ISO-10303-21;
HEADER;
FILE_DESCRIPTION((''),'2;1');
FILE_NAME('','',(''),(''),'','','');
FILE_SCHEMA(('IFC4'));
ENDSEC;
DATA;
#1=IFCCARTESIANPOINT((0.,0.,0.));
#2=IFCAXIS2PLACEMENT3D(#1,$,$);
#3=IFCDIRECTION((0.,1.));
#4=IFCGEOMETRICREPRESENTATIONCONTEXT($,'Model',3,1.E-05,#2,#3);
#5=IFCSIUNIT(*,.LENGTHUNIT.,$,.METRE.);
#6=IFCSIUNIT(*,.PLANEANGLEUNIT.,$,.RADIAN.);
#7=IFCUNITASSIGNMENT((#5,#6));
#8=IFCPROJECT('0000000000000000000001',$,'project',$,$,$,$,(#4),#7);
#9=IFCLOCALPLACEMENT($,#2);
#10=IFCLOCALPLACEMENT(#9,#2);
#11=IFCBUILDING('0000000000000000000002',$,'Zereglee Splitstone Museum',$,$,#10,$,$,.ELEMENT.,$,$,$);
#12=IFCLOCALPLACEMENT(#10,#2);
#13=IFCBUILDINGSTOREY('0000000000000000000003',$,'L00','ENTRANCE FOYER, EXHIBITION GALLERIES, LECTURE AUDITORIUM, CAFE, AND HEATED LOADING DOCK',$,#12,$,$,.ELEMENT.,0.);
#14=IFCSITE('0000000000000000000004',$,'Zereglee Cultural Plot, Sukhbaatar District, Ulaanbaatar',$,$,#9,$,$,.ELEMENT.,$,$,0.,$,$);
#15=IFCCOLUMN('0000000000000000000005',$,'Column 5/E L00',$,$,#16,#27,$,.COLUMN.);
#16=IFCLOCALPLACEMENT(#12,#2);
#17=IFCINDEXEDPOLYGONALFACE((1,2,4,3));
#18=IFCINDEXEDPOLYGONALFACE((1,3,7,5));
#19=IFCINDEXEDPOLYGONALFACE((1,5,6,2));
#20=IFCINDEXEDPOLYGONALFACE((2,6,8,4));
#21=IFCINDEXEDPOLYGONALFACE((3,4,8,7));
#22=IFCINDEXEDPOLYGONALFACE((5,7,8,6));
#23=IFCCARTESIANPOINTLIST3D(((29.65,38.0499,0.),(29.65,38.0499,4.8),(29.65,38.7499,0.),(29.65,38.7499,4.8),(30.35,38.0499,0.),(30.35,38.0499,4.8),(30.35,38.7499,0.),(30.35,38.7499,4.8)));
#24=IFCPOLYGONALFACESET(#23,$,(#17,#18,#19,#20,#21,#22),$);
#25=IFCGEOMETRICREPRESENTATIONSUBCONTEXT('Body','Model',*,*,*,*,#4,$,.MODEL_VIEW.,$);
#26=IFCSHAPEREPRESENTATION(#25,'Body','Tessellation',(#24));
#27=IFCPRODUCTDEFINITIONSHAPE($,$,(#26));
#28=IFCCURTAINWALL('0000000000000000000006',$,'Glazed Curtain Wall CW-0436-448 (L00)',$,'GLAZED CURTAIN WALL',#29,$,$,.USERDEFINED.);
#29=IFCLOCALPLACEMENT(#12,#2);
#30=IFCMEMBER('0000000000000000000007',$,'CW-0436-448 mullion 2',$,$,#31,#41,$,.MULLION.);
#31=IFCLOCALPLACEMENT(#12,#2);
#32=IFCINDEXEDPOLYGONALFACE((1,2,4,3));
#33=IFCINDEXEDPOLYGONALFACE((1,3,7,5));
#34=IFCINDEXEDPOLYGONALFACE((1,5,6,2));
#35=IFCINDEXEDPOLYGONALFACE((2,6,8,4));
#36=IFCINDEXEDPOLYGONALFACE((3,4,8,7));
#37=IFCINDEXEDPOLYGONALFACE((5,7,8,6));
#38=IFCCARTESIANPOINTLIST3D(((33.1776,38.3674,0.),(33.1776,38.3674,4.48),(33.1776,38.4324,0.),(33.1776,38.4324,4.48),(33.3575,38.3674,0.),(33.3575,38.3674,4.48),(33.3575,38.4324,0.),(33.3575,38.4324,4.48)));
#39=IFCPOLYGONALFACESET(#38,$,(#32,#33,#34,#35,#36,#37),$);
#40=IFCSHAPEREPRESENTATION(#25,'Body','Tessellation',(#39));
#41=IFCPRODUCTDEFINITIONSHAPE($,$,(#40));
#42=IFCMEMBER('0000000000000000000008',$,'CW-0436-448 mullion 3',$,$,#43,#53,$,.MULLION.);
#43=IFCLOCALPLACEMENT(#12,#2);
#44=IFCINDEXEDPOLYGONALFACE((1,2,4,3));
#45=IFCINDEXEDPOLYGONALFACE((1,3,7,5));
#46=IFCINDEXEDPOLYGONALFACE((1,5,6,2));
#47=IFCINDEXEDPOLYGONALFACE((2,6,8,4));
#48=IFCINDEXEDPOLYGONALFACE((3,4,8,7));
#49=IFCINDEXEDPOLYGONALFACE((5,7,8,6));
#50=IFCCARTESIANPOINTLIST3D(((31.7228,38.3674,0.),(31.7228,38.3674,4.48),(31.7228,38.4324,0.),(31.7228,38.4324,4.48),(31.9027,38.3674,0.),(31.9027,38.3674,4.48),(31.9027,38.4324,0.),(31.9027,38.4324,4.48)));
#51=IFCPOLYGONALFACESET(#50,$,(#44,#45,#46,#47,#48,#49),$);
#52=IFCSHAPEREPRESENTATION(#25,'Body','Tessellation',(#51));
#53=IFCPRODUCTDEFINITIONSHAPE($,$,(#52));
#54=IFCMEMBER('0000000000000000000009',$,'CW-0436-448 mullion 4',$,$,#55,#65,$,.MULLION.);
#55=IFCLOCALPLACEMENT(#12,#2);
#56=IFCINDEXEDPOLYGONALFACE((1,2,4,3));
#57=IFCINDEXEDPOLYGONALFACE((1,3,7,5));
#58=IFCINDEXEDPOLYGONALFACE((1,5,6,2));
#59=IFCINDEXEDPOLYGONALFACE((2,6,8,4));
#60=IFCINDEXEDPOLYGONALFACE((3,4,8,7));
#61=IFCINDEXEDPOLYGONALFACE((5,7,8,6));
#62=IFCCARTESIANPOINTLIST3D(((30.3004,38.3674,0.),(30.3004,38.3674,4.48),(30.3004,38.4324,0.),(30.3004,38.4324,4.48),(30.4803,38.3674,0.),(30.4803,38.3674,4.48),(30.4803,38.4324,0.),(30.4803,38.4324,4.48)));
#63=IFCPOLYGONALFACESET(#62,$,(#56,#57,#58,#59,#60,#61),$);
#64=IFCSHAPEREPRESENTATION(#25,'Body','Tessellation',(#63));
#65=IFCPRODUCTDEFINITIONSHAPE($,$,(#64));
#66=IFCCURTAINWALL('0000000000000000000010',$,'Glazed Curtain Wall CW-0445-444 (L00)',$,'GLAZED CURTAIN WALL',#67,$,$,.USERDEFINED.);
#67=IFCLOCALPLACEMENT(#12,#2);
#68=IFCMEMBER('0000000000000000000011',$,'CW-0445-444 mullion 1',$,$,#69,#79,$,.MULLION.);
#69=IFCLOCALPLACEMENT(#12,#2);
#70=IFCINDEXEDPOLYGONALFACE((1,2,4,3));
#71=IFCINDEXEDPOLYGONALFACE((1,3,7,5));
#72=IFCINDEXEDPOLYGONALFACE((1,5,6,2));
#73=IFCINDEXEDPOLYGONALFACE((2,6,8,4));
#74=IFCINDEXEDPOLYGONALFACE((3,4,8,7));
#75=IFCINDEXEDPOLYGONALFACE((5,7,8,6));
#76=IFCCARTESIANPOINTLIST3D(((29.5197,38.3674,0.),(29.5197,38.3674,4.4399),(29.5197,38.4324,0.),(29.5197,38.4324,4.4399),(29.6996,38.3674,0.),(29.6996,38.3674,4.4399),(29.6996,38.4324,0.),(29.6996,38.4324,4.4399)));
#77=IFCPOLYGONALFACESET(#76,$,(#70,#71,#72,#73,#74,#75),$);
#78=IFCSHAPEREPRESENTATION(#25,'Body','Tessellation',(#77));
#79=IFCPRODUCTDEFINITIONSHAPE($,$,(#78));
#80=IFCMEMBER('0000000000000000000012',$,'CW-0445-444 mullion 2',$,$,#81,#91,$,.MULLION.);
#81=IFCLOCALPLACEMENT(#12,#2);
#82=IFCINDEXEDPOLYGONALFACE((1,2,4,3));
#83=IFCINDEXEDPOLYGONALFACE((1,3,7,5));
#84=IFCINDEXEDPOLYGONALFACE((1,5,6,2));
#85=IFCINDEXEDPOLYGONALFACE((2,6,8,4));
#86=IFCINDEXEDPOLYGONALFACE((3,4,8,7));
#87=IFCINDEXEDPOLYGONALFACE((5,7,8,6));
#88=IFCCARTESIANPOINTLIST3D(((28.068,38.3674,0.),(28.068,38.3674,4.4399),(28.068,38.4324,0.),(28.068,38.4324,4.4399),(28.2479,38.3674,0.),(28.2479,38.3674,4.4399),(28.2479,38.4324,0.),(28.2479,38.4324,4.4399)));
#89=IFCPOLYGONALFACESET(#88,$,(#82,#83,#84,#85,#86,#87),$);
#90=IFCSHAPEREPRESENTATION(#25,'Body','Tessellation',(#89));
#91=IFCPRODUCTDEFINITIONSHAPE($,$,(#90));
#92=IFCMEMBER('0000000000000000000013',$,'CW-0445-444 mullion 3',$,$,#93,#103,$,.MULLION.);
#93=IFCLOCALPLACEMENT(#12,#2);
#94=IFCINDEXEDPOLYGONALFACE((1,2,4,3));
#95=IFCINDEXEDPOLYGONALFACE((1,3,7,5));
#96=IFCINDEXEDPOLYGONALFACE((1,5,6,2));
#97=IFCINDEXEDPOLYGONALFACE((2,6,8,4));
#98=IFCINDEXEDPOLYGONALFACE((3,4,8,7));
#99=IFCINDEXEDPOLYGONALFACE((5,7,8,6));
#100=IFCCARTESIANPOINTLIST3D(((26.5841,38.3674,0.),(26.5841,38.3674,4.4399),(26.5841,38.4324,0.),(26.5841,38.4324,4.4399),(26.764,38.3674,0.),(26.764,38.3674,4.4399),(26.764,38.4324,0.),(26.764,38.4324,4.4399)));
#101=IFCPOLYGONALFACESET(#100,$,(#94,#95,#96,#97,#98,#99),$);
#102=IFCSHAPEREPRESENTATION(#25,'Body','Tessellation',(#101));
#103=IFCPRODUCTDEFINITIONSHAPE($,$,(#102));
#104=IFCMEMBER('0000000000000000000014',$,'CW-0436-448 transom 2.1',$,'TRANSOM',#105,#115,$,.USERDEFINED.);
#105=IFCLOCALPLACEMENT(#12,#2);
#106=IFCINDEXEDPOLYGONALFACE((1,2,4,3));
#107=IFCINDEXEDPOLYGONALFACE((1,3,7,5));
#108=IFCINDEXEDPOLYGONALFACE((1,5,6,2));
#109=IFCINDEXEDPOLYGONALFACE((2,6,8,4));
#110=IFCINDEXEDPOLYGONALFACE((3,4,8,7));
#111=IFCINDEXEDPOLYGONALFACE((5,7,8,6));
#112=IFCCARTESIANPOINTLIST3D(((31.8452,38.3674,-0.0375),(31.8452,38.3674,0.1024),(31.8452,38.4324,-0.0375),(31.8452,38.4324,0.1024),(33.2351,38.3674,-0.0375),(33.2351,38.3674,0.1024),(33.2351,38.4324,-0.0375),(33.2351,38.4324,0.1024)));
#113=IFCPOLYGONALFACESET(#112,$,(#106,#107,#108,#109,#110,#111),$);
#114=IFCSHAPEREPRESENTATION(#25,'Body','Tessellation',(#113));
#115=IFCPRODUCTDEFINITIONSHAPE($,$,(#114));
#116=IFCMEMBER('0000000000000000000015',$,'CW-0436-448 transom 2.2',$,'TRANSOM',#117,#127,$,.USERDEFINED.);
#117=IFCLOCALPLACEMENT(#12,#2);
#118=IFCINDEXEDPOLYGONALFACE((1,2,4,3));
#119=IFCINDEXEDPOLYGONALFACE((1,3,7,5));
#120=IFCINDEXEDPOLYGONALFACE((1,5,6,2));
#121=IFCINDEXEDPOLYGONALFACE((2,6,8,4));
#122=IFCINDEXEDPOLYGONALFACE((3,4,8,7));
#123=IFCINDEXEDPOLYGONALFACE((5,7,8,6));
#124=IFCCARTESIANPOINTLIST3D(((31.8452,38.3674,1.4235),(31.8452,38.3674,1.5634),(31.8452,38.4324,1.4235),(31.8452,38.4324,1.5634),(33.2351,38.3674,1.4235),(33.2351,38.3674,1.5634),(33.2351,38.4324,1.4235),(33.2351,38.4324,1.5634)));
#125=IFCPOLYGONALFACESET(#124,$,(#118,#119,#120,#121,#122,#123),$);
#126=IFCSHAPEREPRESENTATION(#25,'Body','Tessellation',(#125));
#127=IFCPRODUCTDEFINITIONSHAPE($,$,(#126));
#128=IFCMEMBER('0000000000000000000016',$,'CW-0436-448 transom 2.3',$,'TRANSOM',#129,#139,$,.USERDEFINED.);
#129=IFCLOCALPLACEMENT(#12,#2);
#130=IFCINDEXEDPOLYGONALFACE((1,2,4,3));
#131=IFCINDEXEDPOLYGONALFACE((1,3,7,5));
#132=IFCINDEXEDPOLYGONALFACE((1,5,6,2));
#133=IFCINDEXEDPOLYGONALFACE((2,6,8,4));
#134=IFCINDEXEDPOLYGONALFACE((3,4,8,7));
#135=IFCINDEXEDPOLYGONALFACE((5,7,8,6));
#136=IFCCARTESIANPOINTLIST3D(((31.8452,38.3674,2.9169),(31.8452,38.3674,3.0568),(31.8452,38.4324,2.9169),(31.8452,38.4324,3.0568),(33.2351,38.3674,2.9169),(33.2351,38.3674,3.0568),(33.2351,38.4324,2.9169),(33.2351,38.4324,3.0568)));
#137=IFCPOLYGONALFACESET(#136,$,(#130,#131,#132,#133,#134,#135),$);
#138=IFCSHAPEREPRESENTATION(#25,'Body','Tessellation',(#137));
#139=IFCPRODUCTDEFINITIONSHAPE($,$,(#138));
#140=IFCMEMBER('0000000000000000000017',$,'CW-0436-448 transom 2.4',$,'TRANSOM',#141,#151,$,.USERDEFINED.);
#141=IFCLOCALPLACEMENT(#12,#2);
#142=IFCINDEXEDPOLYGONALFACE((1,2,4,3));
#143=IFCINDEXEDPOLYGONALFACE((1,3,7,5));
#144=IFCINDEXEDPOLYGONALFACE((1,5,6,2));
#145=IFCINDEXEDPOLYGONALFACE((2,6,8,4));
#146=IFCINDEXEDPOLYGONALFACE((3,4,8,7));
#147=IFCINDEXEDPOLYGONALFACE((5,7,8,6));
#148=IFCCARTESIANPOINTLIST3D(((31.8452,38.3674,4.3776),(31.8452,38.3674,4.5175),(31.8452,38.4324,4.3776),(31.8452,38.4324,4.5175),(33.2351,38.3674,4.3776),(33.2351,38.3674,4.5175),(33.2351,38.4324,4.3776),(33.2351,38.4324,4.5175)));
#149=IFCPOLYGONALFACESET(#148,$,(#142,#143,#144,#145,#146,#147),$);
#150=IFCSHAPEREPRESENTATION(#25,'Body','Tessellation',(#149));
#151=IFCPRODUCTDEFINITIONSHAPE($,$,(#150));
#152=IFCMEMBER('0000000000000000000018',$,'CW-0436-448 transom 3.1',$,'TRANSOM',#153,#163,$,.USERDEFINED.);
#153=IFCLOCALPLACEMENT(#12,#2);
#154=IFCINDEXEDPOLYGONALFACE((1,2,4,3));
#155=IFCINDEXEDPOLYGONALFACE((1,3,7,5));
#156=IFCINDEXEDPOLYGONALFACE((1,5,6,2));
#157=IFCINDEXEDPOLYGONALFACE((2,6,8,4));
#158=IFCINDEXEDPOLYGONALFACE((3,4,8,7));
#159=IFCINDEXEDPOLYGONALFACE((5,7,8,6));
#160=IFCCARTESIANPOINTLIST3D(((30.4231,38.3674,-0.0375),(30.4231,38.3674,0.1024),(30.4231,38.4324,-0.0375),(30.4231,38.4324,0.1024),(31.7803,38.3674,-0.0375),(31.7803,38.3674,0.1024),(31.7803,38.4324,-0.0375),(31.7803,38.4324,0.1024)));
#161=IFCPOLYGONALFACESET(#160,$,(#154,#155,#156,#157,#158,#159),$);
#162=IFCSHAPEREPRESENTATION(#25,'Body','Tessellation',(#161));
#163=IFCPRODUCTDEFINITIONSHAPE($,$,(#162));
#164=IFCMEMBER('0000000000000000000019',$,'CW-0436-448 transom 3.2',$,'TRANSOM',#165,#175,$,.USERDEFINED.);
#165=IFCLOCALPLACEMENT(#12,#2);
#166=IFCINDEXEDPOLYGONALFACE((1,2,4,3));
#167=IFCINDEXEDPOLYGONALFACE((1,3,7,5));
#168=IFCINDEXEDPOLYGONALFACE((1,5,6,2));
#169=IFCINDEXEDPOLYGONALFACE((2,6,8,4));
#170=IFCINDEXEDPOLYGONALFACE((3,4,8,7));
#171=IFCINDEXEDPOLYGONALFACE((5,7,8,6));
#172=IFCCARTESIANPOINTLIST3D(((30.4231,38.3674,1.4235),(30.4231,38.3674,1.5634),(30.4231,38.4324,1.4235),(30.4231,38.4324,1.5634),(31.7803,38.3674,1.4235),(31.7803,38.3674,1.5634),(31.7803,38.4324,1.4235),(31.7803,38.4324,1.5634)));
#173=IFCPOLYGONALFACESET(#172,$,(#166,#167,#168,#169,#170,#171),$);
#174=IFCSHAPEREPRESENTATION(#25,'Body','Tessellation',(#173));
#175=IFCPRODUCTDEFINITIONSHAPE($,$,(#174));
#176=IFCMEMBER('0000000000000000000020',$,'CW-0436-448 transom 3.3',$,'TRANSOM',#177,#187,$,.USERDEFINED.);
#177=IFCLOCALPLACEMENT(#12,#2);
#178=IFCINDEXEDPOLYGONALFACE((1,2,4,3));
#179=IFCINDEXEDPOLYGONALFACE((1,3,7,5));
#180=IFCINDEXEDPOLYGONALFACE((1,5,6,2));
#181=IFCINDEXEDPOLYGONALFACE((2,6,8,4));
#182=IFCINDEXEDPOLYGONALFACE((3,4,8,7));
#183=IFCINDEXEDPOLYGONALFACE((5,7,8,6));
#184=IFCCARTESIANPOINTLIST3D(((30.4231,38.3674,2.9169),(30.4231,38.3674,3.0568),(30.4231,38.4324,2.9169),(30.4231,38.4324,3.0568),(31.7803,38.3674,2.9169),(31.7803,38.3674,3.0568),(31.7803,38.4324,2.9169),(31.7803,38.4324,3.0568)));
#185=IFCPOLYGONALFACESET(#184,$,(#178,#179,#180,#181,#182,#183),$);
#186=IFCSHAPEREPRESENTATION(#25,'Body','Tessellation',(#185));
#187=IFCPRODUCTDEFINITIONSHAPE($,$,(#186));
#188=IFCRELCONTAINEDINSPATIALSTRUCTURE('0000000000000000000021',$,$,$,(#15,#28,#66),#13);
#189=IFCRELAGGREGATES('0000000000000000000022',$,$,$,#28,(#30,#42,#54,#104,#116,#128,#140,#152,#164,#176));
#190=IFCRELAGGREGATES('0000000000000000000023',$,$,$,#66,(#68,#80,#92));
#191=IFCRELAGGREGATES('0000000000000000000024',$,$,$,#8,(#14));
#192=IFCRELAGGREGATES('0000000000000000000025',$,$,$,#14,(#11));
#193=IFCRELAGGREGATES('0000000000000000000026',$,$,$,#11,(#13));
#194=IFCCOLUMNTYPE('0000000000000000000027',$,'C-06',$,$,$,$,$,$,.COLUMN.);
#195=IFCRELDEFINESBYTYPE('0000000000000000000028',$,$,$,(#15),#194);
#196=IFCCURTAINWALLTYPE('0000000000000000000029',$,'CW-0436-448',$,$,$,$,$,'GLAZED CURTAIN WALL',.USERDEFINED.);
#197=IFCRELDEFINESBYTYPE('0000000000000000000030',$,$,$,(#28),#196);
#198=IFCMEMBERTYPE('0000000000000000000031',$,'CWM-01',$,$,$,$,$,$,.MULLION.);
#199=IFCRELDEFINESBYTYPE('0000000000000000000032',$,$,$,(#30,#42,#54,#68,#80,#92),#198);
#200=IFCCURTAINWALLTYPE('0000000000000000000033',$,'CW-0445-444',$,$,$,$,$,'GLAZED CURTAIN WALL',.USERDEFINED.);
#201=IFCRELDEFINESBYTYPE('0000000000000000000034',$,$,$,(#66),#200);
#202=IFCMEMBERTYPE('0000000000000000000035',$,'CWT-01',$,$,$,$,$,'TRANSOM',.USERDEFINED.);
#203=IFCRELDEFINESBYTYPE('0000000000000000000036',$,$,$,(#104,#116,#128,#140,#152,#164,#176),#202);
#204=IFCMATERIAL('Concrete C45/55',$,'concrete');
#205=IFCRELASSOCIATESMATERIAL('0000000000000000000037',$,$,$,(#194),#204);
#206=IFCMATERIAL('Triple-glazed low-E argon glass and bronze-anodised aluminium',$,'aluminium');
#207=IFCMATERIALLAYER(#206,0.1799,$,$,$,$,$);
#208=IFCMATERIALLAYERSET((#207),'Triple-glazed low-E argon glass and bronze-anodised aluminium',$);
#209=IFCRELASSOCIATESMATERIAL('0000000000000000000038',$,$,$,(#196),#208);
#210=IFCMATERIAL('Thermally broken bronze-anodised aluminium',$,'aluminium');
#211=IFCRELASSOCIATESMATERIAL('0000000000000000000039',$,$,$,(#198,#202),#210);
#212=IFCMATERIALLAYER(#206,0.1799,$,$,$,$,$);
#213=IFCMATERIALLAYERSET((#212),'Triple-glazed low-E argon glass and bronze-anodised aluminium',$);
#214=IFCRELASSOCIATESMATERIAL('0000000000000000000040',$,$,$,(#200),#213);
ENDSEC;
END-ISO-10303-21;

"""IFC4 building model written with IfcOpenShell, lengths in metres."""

from ifc_helpers import new_model, si_unit, direction, frame, origin, origin_2d, place, context, subcontext, project, spatial, rectangle, extrude, material, layer, layer_set, material_profile, profile_set, type_object, element, aggregate, save


model = new_model("IFC4")

# Units and contexts
model_context = context("Model", 3, precision=1e-05, world=origin(), true_north=direction((0.0, 1.0)))
body_context = subcontext(model_context, "Body", "Model", "MODEL_VIEW")
ifc_project = project(units=[si_unit("LENGTHUNIT", "METRE"), si_unit("PLANEANGLEUNIT", "RADIAN")], contexts=[model_context])

# Site, building, storey
site_placement = place(None, origin())
site = spatial("IfcSite", under=ifc_project, at=site_placement, Name="Zereglee Cultural Plot, Sukhbaatar District, Ulaanbaatar", CompositionType="ELEMENT", RefElevation=0.0)
building_placement = place(site_placement, origin())
building = spatial("IfcBuilding", under=site, at=building_placement, Name="Zereglee Splitstone Museum", CompositionType="ELEMENT")
storey_placement = place(building_placement, origin())
storey = spatial("IfcBuildingStorey", under=building, at=storey_placement, Name="L00", Description="ENTRANCE FOYER, EXHIBITION GALLERIES, LECTURE AUDITORIUM, CAFE, AND HEATED LOADING DOCK", CompositionType="ELEMENT", Elevation=0.0)

# Column
ifc_material_1 = material(Name="Concrete C45/55", Category="concrete")
ifc_material_profile_1 = material_profile(ifc_material_1, rectangle(XDim=0.7, YDim=0.7, at=origin_2d()), Name="RC 700x700")
ifc_profile_set_1 = profile_set([ifc_material_profile_1], Name="Concrete C45/55")
column_type = type_object("IfcColumnType", Name="C-06", PredefinedType="COLUMN", material=ifc_profile_set_1)
column_placement = place(storey_placement, frame((30.0, 38.3999, 0.0), z_axis=(0.0, 0.0, 1.0), x_axis=(1.0, 0.0, 0.0)))
element("IfcColumn", 1, at=column_placement, inside=storey, type_object=column_type, Name="Column 5/E L00", PredefinedType="COLUMN", context=body_context, shape_type="SweptSolid", body=[
    extrude(rectangle(XDim=0.7, YDim=0.7, at=origin_2d()), origin(), (0.0, 0.0, 1.0), 4.8),
])

# Curtain walls, members
ifc_material_2 = material(Name="Triple-glazed low-E argon glass and bronze-anodised aluminium", Category="aluminium")
ifc_layer_1 = layer(ifc_material_2, 0.1799)
ifc_layer_set_1 = layer_set([ifc_layer_1], Name="Triple-glazed low-E argon glass and bronze-anodised aluminium")
curtain_wall_type_1 = type_object("IfcCurtainWallType", Name="CW-0436-448", ElementType="GLAZED CURTAIN WALL", PredefinedType="USERDEFINED", material=ifc_layer_set_1)
curtain_wall_1_placement = place(storey_placement, origin())
curtain_wall_1 = element("IfcCurtainWall", 2, at=curtain_wall_1_placement, inside=storey, type_object=curtain_wall_type_1, Name="Glazed Curtain Wall CW-0436-448 (L00)", ObjectType="GLAZED CURTAIN WALL", PredefinedType="USERDEFINED")
ifc_material_3 = material(Name="Thermally broken bronze-anodised aluminium", Category="aluminium")
ifc_material_profile_2 = material_profile(ifc_material_3, rectangle(XDim=0.0649, YDim=0.1799, at=origin_2d()), Name="CW MULL 65x180")
ifc_profile_set_2 = profile_set([ifc_material_profile_2], Name="Thermally broken bronze-anodised aluminium")
member_type_1 = type_object("IfcMemberType", Name="CWM-01", PredefinedType="MULLION", material=ifc_profile_set_2)
member_1_placement = place(storey_placement, frame((33.2676, 38.3999, 0.0), z_axis=(0.0, 0.0, 1.0), x_axis=(0.0, -1.0, 0.0)))
member_1 = element("IfcMember", 3, at=member_1_placement, type_object=member_type_1, Name="CW-0436-448 mullion 2", PredefinedType="MULLION", context=body_context, shape_type="SweptSolid", body=[
    extrude(rectangle(XDim=0.0649, YDim=0.1799, at=origin_2d()), origin(), (0.0, 0.0, 1.0), 4.48),
])
member_2_placement = place(storey_placement, frame((31.8127, 38.3999, 0.0), z_axis=(0.0, 0.0, 1.0), x_axis=(0.0, -1.0, 0.0)))
member_2 = element("IfcMember", 4, at=member_2_placement, type_object=member_type_1, Name="CW-0436-448 mullion 3", PredefinedType="MULLION", context=body_context, shape_type="SweptSolid", body=[
    extrude(rectangle(XDim=0.0649, YDim=0.1799, at=origin_2d()), origin(), (0.0, 0.0, 1.0), 4.48),
])
member_3_placement = place(storey_placement, frame((30.3904, 38.3999, 0.0), z_axis=(0.0, 0.0, 1.0), x_axis=(0.0, -1.0, 0.0)))
member_3 = element("IfcMember", 5, at=member_3_placement, type_object=member_type_1, Name="CW-0436-448 mullion 4", PredefinedType="MULLION", context=body_context, shape_type="SweptSolid", body=[
    extrude(rectangle(XDim=0.0649, YDim=0.1799, at=origin_2d()), origin(), (0.0, 0.0, 1.0), 4.48),
])
ifc_layer_2 = layer(ifc_material_2, 0.1799)
ifc_layer_set_2 = layer_set([ifc_layer_2], Name="Triple-glazed low-E argon glass and bronze-anodised aluminium")
curtain_wall_type_2 = type_object("IfcCurtainWallType", Name="CW-0445-444", ElementType="GLAZED CURTAIN WALL", PredefinedType="USERDEFINED", material=ifc_layer_set_2)
curtain_wall_2_placement = place(storey_placement, origin())
curtain_wall_2 = element("IfcCurtainWall", 6, at=curtain_wall_2_placement, inside=storey, type_object=curtain_wall_type_2, Name="Glazed Curtain Wall CW-0445-444 (L00)", ObjectType="GLAZED CURTAIN WALL", PredefinedType="USERDEFINED")
member_4_placement = place(storey_placement, frame((29.6096, 38.3999, 0.0), z_axis=(0.0, 0.0, 1.0), x_axis=(0.0, -1.0, 0.0)))
member_4 = element("IfcMember", 7, at=member_4_placement, type_object=member_type_1, Name="CW-0445-444 mullion 1", PredefinedType="MULLION", context=body_context, shape_type="SweptSolid", body=[
    extrude(rectangle(XDim=0.0649, YDim=0.1799, at=origin_2d()), origin(), (0.0, 0.0, 1.0), 4.4399),
])
member_5_placement = place(storey_placement, frame((28.158, 38.3999, 0.0), z_axis=(0.0, 0.0, 1.0), x_axis=(0.0, -1.0, 0.0)))
member_5 = element("IfcMember", 8, at=member_5_placement, type_object=member_type_1, Name="CW-0445-444 mullion 2", PredefinedType="MULLION", context=body_context, shape_type="SweptSolid", body=[
    extrude(rectangle(XDim=0.0649, YDim=0.1799, at=origin_2d()), origin(), (0.0, 0.0, 1.0), 4.4399),
])
member_6_placement = place(storey_placement, frame((26.6741, 38.3999, 0.0), z_axis=(0.0, 0.0, 1.0), x_axis=(0.0, -1.0, 0.0)))
member_6 = element("IfcMember", 9, at=member_6_placement, type_object=member_type_1, Name="CW-0445-444 mullion 3", PredefinedType="MULLION", context=body_context, shape_type="SweptSolid", body=[
    extrude(rectangle(XDim=0.0649, YDim=0.1799, at=origin_2d()), origin(), (0.0, 0.0, 1.0), 4.4399),
])

# Members
ifc_material_profile_3 = material_profile(ifc_material_3, rectangle(XDim=0.0649, YDim=0.1399, at=origin_2d()), Name="CW TRAN 65x140")
ifc_profile_set_3 = profile_set([ifc_material_profile_3], Name="Thermally broken bronze-anodised aluminium")
member_type_2 = type_object("IfcMemberType", Name="CWT-01", ElementType="TRANSOM", PredefinedType="USERDEFINED", material=ifc_profile_set_3)
member_7_placement = place(storey_placement, frame((33.2351, 38.3999, 0.0325), z_axis=(-1.0, 0.0, 0.0), x_axis=(0.0, -1.0, 0.0)))
member_7 = element("IfcMember", 10, at=member_7_placement, type_object=member_type_2, Name="CW-0436-448 transom 2.1", ObjectType="TRANSOM", PredefinedType="USERDEFINED", context=body_context, shape_type="SweptSolid", body=[
    extrude(rectangle(XDim=0.0649, YDim=0.1399, at=origin_2d()), origin(), (0.0, 0.0, 1.0), 1.3899),
])
member_8_placement = place(storey_placement, frame((33.2351, 38.3999, 1.4934), z_axis=(-1.0, 0.0, 0.0), x_axis=(0.0, -1.0, 0.0)))
member_8 = element("IfcMember", 11, at=member_8_placement, type_object=member_type_2, Name="CW-0436-448 transom 2.2", ObjectType="TRANSOM", PredefinedType="USERDEFINED", context=body_context, shape_type="SweptSolid", body=[
    extrude(rectangle(XDim=0.0649, YDim=0.1399, at=origin_2d()), origin(), (0.0, 0.0, 1.0), 1.3899),
])
member_9_placement = place(storey_placement, frame((33.2351, 38.3999, 2.9868), z_axis=(-1.0, 0.0, 0.0), x_axis=(0.0, -1.0, 0.0)))
member_9 = element("IfcMember", 12, at=member_9_placement, type_object=member_type_2, Name="CW-0436-448 transom 2.3", ObjectType="TRANSOM", PredefinedType="USERDEFINED", context=body_context, shape_type="SweptSolid", body=[
    extrude(rectangle(XDim=0.0649, YDim=0.1399, at=origin_2d()), origin(), (0.0, 0.0, 1.0), 1.3899),
])
member_10_placement = place(storey_placement, frame((33.2351, 38.3999, 4.4475), z_axis=(-1.0, 0.0, 0.0), x_axis=(0.0, -1.0, 0.0)))
member_10 = element("IfcMember", 13, at=member_10_placement, type_object=member_type_2, Name="CW-0436-448 transom 2.4", ObjectType="TRANSOM", PredefinedType="USERDEFINED", context=body_context, shape_type="SweptSolid", body=[
    extrude(rectangle(XDim=0.0649, YDim=0.1399, at=origin_2d()), origin(), (0.0, 0.0, 1.0), 1.3899),
])
member_11_placement = place(storey_placement, frame((31.7803, 38.3999, 0.0325), z_axis=(-1.0, 0.0, 0.0), x_axis=(0.0, -1.0, 0.0)))
member_11 = element("IfcMember", 14, at=member_11_placement, type_object=member_type_2, Name="CW-0436-448 transom 3.1", ObjectType="TRANSOM", PredefinedType="USERDEFINED", context=body_context, shape_type="SweptSolid", body=[
    extrude(rectangle(XDim=0.0649, YDim=0.1399, at=origin_2d()), origin(), (0.0, 0.0, 1.0), 1.3572),
])
member_12_placement = place(storey_placement, frame((31.7803, 38.3999, 1.4934), z_axis=(-1.0, 0.0, 0.0), x_axis=(0.0, -1.0, 0.0)))
member_12 = element("IfcMember", 15, at=member_12_placement, type_object=member_type_2, Name="CW-0436-448 transom 3.2", ObjectType="TRANSOM", PredefinedType="USERDEFINED", context=body_context, shape_type="SweptSolid", body=[
    extrude(rectangle(XDim=0.0649, YDim=0.1399, at=origin_2d()), origin(), (0.0, 0.0, 1.0), 1.3572),
])
member_13_placement = place(storey_placement, frame((31.7803, 38.3999, 2.9868), z_axis=(-1.0, 0.0, 0.0), x_axis=(0.0, -1.0, 0.0)))
member_13 = element("IfcMember", 16, at=member_13_placement, type_object=member_type_2, Name="CW-0436-448 transom 3.3", ObjectType="TRANSOM", PredefinedType="USERDEFINED", context=body_context, shape_type="SweptSolid", body=[
    extrude(rectangle(XDim=0.0649, YDim=0.1399, at=origin_2d()), origin(), (0.0, 0.0, 1.0), 1.3572),
])

aggregate(curtain_wall_1, [member_1, member_2, member_3, member_7, member_8, member_9, member_10, member_11, member_12, member_13])
aggregate(curtain_wall_2, [member_4, member_5, member_6])

save(model, "model.ifc")
